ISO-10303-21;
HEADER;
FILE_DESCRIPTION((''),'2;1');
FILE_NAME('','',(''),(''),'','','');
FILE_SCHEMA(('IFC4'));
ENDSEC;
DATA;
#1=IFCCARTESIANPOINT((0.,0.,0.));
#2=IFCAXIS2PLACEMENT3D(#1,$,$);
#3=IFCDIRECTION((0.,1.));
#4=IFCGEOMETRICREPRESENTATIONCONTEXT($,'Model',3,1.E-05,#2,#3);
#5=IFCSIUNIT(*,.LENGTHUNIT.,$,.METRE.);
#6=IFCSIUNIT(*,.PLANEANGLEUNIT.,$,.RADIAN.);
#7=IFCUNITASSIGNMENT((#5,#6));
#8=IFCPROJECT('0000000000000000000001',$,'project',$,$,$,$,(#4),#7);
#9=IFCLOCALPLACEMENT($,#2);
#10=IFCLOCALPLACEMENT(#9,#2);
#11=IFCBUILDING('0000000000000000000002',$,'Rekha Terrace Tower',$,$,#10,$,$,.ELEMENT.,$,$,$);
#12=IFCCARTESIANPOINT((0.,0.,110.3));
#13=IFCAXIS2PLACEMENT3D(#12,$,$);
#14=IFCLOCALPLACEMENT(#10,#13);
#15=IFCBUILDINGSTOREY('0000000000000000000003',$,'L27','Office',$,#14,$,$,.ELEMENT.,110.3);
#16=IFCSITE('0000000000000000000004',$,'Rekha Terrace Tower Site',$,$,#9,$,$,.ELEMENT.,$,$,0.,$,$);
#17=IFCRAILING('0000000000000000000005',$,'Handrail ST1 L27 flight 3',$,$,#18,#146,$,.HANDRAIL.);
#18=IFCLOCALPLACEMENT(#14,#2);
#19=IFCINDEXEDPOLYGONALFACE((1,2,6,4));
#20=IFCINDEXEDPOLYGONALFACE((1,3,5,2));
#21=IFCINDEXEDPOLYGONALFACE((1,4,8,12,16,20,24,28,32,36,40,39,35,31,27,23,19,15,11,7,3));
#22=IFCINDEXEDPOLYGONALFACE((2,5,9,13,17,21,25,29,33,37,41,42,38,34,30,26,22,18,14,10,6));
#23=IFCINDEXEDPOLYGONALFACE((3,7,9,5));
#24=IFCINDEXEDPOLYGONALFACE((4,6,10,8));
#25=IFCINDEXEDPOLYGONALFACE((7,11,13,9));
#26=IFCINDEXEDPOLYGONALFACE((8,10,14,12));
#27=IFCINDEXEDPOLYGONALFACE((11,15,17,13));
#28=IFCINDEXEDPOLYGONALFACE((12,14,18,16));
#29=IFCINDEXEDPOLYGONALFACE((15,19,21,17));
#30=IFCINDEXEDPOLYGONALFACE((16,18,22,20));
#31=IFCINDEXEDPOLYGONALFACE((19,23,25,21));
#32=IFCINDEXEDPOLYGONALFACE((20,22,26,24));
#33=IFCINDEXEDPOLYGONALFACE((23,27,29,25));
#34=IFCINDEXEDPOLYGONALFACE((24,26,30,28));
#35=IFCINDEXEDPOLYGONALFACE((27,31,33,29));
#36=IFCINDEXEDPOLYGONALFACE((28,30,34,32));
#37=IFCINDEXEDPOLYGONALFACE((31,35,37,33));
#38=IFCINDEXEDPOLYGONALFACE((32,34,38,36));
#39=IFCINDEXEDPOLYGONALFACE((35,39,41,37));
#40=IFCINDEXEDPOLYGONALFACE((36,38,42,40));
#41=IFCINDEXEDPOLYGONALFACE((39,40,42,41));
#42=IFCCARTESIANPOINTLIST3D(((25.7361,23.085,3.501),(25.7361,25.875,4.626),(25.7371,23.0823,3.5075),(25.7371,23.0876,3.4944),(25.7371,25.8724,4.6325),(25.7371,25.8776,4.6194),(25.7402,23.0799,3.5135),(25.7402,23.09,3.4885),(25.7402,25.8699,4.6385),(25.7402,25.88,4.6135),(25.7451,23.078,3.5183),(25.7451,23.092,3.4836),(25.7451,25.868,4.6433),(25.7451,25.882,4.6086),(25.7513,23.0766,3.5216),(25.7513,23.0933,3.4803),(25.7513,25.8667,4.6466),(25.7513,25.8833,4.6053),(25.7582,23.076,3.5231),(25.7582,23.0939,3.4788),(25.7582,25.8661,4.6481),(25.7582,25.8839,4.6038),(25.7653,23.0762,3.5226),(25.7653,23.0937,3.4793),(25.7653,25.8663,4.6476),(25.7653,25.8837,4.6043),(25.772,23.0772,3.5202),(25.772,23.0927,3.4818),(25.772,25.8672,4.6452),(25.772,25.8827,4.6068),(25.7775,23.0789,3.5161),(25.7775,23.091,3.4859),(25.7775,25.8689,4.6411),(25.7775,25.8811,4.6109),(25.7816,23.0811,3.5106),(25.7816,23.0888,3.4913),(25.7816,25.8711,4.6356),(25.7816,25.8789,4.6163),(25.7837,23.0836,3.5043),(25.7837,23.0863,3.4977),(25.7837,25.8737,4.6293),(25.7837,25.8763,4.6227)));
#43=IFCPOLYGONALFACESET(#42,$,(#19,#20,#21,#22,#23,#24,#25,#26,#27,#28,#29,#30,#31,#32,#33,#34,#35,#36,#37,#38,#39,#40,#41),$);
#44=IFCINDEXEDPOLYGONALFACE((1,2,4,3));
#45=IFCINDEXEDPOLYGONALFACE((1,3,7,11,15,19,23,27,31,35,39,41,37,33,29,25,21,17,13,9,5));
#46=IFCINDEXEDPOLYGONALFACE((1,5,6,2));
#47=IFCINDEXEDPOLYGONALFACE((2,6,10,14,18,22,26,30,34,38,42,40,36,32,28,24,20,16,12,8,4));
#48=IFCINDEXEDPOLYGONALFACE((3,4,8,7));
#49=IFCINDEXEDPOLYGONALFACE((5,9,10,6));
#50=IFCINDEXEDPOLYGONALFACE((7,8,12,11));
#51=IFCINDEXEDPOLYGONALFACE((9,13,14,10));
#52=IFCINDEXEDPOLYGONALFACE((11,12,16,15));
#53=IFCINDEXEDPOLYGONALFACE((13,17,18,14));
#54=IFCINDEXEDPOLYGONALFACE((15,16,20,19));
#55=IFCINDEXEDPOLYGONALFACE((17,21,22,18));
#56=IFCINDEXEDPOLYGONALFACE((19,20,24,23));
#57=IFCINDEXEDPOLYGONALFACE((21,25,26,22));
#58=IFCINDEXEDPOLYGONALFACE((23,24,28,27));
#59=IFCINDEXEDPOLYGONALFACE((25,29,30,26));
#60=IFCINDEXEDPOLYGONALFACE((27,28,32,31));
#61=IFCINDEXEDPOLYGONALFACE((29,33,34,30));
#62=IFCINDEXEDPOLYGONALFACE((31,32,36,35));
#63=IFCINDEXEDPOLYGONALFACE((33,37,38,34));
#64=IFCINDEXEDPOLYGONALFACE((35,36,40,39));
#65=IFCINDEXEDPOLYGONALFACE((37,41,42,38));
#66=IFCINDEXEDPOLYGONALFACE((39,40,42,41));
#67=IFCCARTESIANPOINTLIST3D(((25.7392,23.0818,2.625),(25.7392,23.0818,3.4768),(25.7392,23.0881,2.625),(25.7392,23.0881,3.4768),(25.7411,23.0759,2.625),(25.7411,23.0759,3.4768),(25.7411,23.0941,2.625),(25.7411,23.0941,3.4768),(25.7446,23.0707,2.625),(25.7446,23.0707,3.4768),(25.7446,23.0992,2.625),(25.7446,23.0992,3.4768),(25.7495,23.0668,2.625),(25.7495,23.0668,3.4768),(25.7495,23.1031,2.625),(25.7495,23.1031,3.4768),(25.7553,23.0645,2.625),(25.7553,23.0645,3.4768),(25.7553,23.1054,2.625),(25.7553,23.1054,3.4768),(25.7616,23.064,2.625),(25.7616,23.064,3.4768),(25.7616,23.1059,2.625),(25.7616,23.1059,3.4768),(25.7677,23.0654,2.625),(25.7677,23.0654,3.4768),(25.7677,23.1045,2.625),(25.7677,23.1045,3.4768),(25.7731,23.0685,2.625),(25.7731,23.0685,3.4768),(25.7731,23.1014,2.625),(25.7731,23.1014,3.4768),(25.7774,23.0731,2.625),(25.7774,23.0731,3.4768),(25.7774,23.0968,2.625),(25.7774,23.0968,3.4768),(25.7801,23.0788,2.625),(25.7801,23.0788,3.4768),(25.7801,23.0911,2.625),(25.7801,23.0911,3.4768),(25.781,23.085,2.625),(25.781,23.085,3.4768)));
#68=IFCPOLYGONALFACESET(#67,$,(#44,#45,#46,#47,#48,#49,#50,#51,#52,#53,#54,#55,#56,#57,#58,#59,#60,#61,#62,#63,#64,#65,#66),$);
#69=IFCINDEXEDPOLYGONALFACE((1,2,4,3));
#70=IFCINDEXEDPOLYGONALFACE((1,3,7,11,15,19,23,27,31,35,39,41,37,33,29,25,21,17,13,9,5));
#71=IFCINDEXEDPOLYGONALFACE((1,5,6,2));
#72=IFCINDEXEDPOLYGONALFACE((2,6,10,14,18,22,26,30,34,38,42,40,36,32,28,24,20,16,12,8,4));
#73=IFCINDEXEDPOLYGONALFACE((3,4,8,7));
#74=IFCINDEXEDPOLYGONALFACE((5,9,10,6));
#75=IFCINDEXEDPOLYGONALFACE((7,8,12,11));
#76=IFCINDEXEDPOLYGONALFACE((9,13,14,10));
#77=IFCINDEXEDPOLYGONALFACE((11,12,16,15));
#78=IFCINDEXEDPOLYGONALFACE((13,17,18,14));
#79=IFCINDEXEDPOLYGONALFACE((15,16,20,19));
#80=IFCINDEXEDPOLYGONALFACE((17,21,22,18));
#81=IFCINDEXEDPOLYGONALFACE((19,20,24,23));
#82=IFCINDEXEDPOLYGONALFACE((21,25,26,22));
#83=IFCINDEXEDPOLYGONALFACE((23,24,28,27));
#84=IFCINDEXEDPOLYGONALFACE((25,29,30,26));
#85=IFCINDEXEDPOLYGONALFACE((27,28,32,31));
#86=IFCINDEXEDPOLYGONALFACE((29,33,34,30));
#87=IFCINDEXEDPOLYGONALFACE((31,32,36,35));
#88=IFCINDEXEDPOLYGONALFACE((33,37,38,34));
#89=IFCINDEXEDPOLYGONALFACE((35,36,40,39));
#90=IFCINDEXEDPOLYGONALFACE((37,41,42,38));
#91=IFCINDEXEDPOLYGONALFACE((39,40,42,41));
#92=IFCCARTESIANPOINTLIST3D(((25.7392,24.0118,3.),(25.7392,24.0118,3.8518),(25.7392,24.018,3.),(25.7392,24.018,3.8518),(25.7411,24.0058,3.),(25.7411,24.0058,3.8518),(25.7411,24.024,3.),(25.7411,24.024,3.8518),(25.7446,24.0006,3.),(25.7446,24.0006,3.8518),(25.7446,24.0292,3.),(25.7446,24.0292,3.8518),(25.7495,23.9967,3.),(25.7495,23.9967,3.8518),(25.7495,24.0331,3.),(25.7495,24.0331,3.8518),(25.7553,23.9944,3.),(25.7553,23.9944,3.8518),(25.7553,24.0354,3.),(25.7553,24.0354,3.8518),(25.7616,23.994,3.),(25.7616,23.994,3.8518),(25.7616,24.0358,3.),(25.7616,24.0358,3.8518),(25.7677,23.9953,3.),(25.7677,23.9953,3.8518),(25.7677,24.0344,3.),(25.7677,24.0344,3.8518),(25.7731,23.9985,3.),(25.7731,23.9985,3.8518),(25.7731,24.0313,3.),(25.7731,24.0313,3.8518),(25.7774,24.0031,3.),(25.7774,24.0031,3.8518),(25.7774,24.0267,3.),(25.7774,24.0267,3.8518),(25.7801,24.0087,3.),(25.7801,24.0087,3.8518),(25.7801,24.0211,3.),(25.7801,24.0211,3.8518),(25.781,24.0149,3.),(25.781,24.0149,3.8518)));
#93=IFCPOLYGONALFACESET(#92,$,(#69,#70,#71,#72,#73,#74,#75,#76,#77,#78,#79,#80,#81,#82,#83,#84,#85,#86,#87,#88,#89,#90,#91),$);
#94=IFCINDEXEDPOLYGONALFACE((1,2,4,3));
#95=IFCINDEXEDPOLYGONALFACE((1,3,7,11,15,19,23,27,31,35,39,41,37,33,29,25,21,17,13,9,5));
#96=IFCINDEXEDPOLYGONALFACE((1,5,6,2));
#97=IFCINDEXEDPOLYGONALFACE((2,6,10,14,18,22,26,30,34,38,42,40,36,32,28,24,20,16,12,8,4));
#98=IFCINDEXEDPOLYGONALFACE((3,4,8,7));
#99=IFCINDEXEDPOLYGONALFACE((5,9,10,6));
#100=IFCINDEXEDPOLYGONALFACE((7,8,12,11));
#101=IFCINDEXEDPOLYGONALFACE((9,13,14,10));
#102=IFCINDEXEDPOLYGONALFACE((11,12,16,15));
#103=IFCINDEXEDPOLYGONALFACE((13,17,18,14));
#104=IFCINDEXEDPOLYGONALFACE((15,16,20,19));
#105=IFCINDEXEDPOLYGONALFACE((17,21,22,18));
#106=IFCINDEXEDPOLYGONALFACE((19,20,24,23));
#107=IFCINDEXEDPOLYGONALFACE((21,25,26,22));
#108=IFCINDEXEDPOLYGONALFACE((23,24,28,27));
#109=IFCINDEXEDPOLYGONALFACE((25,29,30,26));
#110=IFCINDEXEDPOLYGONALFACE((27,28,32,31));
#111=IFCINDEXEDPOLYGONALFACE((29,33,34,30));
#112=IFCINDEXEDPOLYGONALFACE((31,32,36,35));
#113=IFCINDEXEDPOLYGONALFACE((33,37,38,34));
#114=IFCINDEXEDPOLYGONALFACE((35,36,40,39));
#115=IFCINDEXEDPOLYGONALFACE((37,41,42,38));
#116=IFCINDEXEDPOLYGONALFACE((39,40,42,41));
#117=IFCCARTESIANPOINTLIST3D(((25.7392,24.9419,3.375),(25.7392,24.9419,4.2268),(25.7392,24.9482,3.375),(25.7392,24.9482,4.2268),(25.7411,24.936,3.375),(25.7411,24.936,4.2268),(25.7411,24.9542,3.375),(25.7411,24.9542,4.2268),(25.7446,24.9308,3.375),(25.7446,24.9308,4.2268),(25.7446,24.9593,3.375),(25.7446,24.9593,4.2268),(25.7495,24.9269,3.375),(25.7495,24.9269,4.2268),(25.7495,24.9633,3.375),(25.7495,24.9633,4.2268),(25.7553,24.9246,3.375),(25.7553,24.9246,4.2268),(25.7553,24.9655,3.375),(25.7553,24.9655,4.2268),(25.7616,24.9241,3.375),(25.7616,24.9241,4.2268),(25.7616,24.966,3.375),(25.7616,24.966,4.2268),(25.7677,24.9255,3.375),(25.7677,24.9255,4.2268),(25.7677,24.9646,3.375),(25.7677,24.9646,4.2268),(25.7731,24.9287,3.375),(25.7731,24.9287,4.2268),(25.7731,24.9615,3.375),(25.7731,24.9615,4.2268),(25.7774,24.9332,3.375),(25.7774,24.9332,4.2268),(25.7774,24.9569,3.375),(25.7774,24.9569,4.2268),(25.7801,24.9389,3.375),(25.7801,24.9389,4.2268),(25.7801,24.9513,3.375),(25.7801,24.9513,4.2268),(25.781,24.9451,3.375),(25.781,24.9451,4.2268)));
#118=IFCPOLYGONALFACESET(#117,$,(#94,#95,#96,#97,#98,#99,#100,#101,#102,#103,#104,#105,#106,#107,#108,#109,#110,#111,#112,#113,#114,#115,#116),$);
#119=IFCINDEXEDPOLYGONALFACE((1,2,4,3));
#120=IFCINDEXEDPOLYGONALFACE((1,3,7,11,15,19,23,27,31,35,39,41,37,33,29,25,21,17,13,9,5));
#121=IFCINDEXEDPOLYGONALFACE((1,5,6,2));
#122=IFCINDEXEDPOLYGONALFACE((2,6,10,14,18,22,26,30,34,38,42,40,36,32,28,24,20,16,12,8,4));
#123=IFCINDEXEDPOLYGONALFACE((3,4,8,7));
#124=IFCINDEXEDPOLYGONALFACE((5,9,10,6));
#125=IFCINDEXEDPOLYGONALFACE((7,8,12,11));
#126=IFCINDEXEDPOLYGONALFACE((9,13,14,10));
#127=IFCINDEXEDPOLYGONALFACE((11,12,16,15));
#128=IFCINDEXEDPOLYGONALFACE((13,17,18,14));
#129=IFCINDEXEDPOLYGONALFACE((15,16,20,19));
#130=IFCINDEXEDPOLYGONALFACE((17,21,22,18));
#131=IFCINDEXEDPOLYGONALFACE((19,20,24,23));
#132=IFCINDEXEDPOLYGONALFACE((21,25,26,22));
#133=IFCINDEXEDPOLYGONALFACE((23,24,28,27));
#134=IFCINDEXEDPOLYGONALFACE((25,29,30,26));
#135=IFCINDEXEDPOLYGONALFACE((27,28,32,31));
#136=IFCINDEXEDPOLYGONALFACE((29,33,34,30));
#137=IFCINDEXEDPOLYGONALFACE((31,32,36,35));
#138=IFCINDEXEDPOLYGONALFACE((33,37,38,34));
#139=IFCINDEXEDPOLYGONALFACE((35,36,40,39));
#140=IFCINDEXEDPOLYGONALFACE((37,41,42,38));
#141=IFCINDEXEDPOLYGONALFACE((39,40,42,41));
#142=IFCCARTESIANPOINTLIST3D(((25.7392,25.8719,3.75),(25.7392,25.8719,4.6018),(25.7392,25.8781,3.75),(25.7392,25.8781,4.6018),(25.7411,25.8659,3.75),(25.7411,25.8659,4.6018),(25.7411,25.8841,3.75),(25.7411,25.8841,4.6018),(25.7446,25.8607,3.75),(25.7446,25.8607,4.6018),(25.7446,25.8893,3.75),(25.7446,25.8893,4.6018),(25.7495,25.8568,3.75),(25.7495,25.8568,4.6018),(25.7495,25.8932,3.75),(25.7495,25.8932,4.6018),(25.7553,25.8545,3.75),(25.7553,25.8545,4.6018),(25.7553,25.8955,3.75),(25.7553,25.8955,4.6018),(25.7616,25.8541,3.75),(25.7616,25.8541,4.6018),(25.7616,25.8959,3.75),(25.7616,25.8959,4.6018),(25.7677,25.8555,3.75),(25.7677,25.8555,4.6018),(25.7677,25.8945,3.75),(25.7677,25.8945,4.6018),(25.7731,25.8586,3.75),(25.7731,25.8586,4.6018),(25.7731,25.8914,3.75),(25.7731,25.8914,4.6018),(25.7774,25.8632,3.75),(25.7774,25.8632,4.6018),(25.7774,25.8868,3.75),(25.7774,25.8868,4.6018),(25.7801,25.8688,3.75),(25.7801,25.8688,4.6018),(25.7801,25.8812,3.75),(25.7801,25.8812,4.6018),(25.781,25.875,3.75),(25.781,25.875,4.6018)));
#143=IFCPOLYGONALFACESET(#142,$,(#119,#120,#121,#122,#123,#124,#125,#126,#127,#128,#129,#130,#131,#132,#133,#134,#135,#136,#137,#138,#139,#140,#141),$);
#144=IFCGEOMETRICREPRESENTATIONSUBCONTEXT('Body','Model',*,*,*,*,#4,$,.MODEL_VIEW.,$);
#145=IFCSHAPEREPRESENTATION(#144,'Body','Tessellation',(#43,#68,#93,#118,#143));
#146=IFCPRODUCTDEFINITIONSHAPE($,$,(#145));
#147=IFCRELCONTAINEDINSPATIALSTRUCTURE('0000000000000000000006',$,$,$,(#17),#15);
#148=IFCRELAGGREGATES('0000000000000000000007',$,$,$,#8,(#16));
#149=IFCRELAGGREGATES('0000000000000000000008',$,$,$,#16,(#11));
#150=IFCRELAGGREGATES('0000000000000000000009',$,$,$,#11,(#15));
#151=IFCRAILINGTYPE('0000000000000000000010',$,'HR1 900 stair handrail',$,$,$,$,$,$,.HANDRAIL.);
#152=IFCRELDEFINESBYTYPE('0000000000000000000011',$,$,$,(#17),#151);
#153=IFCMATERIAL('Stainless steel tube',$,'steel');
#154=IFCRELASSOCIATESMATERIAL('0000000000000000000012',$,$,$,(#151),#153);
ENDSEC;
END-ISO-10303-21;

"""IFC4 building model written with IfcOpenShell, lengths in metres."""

from ifc_helpers import new_model, si_unit, direction, frame, origin, origin_2d, place, context, subcontext, project, spatial, circle, extrude, material, type_object, element, save


model = new_model("IFC4")

# Units and contexts
model_context = context("Model", 3, precision=1e-05, world=origin(), true_north=direction((0.0, 1.0)))
body_context = subcontext(model_context, "Body", "Model", "MODEL_VIEW")
ifc_project = project(units=[si_unit("LENGTHUNIT", "METRE"), si_unit("PLANEANGLEUNIT", "RADIAN")], contexts=[model_context])

# Site, building, storey
site_placement = place(None, origin())
site = spatial("IfcSite", under=ifc_project, at=site_placement, Name="Rekha Terrace Tower Site", CompositionType="ELEMENT", RefElevation=0.0)
building_placement = place(site_placement, origin())
building = spatial("IfcBuilding", under=site, at=building_placement, Name="Rekha Terrace Tower", CompositionType="ELEMENT")
storey_placement = place(building_placement, frame((0.0, 0.0, 110.3)))
storey = spatial("IfcBuildingStorey", under=building, at=storey_placement, Name="L27", Description="Office", CompositionType="ELEMENT", Elevation=110.3)

# Railing
ifc_material_1 = material(Name="Stainless steel tube", Category="steel")
railing_type_1 = type_object("IfcRailingType", Name="HR1 900 stair handrail", PredefinedType="HANDRAIL", material=ifc_material_1)
railing_1_placement = place(storey_placement, frame((25.76, 23.085, 2.625)))
element("IfcRailing", 1, at=railing_1_placement, inside=storey, type_object=railing_type_1, Name="Handrail ST1 L27 flight 3", PredefinedType="HANDRAIL", context=body_context, shape_type="SweptSolid", body=[
    extrude(circle(Radius=0.0239, at=origin_2d()), frame((0.0, 0.0, 0.876), z_axis=(0.0, 0.927443, 0.373964), x_axis=(-1.0, 0.0, 0.0)), (0.0, 0.0, 1.0), 3.0083),
    extrude(circle(Radius=0.021, at=origin_2d()), origin(), (0.0, 0.0, 1.0), 0.8518),
    extrude(circle(Radius=0.021, at=origin_2d()), frame((0.0, 0.9299, 0.375)), (0.0, 0.0, 1.0), 0.8518),
    extrude(circle(Radius=0.021, at=origin_2d()), frame((0.0, 1.8601, 0.75)), (0.0, 0.0, 1.0), 0.8518),
    extrude(circle(Radius=0.021, at=origin_2d()), frame((0.0, 2.79, 1.125)), (0.0, 0.0, 1.0), 0.8518),
])

save(model, "model.ifc")
